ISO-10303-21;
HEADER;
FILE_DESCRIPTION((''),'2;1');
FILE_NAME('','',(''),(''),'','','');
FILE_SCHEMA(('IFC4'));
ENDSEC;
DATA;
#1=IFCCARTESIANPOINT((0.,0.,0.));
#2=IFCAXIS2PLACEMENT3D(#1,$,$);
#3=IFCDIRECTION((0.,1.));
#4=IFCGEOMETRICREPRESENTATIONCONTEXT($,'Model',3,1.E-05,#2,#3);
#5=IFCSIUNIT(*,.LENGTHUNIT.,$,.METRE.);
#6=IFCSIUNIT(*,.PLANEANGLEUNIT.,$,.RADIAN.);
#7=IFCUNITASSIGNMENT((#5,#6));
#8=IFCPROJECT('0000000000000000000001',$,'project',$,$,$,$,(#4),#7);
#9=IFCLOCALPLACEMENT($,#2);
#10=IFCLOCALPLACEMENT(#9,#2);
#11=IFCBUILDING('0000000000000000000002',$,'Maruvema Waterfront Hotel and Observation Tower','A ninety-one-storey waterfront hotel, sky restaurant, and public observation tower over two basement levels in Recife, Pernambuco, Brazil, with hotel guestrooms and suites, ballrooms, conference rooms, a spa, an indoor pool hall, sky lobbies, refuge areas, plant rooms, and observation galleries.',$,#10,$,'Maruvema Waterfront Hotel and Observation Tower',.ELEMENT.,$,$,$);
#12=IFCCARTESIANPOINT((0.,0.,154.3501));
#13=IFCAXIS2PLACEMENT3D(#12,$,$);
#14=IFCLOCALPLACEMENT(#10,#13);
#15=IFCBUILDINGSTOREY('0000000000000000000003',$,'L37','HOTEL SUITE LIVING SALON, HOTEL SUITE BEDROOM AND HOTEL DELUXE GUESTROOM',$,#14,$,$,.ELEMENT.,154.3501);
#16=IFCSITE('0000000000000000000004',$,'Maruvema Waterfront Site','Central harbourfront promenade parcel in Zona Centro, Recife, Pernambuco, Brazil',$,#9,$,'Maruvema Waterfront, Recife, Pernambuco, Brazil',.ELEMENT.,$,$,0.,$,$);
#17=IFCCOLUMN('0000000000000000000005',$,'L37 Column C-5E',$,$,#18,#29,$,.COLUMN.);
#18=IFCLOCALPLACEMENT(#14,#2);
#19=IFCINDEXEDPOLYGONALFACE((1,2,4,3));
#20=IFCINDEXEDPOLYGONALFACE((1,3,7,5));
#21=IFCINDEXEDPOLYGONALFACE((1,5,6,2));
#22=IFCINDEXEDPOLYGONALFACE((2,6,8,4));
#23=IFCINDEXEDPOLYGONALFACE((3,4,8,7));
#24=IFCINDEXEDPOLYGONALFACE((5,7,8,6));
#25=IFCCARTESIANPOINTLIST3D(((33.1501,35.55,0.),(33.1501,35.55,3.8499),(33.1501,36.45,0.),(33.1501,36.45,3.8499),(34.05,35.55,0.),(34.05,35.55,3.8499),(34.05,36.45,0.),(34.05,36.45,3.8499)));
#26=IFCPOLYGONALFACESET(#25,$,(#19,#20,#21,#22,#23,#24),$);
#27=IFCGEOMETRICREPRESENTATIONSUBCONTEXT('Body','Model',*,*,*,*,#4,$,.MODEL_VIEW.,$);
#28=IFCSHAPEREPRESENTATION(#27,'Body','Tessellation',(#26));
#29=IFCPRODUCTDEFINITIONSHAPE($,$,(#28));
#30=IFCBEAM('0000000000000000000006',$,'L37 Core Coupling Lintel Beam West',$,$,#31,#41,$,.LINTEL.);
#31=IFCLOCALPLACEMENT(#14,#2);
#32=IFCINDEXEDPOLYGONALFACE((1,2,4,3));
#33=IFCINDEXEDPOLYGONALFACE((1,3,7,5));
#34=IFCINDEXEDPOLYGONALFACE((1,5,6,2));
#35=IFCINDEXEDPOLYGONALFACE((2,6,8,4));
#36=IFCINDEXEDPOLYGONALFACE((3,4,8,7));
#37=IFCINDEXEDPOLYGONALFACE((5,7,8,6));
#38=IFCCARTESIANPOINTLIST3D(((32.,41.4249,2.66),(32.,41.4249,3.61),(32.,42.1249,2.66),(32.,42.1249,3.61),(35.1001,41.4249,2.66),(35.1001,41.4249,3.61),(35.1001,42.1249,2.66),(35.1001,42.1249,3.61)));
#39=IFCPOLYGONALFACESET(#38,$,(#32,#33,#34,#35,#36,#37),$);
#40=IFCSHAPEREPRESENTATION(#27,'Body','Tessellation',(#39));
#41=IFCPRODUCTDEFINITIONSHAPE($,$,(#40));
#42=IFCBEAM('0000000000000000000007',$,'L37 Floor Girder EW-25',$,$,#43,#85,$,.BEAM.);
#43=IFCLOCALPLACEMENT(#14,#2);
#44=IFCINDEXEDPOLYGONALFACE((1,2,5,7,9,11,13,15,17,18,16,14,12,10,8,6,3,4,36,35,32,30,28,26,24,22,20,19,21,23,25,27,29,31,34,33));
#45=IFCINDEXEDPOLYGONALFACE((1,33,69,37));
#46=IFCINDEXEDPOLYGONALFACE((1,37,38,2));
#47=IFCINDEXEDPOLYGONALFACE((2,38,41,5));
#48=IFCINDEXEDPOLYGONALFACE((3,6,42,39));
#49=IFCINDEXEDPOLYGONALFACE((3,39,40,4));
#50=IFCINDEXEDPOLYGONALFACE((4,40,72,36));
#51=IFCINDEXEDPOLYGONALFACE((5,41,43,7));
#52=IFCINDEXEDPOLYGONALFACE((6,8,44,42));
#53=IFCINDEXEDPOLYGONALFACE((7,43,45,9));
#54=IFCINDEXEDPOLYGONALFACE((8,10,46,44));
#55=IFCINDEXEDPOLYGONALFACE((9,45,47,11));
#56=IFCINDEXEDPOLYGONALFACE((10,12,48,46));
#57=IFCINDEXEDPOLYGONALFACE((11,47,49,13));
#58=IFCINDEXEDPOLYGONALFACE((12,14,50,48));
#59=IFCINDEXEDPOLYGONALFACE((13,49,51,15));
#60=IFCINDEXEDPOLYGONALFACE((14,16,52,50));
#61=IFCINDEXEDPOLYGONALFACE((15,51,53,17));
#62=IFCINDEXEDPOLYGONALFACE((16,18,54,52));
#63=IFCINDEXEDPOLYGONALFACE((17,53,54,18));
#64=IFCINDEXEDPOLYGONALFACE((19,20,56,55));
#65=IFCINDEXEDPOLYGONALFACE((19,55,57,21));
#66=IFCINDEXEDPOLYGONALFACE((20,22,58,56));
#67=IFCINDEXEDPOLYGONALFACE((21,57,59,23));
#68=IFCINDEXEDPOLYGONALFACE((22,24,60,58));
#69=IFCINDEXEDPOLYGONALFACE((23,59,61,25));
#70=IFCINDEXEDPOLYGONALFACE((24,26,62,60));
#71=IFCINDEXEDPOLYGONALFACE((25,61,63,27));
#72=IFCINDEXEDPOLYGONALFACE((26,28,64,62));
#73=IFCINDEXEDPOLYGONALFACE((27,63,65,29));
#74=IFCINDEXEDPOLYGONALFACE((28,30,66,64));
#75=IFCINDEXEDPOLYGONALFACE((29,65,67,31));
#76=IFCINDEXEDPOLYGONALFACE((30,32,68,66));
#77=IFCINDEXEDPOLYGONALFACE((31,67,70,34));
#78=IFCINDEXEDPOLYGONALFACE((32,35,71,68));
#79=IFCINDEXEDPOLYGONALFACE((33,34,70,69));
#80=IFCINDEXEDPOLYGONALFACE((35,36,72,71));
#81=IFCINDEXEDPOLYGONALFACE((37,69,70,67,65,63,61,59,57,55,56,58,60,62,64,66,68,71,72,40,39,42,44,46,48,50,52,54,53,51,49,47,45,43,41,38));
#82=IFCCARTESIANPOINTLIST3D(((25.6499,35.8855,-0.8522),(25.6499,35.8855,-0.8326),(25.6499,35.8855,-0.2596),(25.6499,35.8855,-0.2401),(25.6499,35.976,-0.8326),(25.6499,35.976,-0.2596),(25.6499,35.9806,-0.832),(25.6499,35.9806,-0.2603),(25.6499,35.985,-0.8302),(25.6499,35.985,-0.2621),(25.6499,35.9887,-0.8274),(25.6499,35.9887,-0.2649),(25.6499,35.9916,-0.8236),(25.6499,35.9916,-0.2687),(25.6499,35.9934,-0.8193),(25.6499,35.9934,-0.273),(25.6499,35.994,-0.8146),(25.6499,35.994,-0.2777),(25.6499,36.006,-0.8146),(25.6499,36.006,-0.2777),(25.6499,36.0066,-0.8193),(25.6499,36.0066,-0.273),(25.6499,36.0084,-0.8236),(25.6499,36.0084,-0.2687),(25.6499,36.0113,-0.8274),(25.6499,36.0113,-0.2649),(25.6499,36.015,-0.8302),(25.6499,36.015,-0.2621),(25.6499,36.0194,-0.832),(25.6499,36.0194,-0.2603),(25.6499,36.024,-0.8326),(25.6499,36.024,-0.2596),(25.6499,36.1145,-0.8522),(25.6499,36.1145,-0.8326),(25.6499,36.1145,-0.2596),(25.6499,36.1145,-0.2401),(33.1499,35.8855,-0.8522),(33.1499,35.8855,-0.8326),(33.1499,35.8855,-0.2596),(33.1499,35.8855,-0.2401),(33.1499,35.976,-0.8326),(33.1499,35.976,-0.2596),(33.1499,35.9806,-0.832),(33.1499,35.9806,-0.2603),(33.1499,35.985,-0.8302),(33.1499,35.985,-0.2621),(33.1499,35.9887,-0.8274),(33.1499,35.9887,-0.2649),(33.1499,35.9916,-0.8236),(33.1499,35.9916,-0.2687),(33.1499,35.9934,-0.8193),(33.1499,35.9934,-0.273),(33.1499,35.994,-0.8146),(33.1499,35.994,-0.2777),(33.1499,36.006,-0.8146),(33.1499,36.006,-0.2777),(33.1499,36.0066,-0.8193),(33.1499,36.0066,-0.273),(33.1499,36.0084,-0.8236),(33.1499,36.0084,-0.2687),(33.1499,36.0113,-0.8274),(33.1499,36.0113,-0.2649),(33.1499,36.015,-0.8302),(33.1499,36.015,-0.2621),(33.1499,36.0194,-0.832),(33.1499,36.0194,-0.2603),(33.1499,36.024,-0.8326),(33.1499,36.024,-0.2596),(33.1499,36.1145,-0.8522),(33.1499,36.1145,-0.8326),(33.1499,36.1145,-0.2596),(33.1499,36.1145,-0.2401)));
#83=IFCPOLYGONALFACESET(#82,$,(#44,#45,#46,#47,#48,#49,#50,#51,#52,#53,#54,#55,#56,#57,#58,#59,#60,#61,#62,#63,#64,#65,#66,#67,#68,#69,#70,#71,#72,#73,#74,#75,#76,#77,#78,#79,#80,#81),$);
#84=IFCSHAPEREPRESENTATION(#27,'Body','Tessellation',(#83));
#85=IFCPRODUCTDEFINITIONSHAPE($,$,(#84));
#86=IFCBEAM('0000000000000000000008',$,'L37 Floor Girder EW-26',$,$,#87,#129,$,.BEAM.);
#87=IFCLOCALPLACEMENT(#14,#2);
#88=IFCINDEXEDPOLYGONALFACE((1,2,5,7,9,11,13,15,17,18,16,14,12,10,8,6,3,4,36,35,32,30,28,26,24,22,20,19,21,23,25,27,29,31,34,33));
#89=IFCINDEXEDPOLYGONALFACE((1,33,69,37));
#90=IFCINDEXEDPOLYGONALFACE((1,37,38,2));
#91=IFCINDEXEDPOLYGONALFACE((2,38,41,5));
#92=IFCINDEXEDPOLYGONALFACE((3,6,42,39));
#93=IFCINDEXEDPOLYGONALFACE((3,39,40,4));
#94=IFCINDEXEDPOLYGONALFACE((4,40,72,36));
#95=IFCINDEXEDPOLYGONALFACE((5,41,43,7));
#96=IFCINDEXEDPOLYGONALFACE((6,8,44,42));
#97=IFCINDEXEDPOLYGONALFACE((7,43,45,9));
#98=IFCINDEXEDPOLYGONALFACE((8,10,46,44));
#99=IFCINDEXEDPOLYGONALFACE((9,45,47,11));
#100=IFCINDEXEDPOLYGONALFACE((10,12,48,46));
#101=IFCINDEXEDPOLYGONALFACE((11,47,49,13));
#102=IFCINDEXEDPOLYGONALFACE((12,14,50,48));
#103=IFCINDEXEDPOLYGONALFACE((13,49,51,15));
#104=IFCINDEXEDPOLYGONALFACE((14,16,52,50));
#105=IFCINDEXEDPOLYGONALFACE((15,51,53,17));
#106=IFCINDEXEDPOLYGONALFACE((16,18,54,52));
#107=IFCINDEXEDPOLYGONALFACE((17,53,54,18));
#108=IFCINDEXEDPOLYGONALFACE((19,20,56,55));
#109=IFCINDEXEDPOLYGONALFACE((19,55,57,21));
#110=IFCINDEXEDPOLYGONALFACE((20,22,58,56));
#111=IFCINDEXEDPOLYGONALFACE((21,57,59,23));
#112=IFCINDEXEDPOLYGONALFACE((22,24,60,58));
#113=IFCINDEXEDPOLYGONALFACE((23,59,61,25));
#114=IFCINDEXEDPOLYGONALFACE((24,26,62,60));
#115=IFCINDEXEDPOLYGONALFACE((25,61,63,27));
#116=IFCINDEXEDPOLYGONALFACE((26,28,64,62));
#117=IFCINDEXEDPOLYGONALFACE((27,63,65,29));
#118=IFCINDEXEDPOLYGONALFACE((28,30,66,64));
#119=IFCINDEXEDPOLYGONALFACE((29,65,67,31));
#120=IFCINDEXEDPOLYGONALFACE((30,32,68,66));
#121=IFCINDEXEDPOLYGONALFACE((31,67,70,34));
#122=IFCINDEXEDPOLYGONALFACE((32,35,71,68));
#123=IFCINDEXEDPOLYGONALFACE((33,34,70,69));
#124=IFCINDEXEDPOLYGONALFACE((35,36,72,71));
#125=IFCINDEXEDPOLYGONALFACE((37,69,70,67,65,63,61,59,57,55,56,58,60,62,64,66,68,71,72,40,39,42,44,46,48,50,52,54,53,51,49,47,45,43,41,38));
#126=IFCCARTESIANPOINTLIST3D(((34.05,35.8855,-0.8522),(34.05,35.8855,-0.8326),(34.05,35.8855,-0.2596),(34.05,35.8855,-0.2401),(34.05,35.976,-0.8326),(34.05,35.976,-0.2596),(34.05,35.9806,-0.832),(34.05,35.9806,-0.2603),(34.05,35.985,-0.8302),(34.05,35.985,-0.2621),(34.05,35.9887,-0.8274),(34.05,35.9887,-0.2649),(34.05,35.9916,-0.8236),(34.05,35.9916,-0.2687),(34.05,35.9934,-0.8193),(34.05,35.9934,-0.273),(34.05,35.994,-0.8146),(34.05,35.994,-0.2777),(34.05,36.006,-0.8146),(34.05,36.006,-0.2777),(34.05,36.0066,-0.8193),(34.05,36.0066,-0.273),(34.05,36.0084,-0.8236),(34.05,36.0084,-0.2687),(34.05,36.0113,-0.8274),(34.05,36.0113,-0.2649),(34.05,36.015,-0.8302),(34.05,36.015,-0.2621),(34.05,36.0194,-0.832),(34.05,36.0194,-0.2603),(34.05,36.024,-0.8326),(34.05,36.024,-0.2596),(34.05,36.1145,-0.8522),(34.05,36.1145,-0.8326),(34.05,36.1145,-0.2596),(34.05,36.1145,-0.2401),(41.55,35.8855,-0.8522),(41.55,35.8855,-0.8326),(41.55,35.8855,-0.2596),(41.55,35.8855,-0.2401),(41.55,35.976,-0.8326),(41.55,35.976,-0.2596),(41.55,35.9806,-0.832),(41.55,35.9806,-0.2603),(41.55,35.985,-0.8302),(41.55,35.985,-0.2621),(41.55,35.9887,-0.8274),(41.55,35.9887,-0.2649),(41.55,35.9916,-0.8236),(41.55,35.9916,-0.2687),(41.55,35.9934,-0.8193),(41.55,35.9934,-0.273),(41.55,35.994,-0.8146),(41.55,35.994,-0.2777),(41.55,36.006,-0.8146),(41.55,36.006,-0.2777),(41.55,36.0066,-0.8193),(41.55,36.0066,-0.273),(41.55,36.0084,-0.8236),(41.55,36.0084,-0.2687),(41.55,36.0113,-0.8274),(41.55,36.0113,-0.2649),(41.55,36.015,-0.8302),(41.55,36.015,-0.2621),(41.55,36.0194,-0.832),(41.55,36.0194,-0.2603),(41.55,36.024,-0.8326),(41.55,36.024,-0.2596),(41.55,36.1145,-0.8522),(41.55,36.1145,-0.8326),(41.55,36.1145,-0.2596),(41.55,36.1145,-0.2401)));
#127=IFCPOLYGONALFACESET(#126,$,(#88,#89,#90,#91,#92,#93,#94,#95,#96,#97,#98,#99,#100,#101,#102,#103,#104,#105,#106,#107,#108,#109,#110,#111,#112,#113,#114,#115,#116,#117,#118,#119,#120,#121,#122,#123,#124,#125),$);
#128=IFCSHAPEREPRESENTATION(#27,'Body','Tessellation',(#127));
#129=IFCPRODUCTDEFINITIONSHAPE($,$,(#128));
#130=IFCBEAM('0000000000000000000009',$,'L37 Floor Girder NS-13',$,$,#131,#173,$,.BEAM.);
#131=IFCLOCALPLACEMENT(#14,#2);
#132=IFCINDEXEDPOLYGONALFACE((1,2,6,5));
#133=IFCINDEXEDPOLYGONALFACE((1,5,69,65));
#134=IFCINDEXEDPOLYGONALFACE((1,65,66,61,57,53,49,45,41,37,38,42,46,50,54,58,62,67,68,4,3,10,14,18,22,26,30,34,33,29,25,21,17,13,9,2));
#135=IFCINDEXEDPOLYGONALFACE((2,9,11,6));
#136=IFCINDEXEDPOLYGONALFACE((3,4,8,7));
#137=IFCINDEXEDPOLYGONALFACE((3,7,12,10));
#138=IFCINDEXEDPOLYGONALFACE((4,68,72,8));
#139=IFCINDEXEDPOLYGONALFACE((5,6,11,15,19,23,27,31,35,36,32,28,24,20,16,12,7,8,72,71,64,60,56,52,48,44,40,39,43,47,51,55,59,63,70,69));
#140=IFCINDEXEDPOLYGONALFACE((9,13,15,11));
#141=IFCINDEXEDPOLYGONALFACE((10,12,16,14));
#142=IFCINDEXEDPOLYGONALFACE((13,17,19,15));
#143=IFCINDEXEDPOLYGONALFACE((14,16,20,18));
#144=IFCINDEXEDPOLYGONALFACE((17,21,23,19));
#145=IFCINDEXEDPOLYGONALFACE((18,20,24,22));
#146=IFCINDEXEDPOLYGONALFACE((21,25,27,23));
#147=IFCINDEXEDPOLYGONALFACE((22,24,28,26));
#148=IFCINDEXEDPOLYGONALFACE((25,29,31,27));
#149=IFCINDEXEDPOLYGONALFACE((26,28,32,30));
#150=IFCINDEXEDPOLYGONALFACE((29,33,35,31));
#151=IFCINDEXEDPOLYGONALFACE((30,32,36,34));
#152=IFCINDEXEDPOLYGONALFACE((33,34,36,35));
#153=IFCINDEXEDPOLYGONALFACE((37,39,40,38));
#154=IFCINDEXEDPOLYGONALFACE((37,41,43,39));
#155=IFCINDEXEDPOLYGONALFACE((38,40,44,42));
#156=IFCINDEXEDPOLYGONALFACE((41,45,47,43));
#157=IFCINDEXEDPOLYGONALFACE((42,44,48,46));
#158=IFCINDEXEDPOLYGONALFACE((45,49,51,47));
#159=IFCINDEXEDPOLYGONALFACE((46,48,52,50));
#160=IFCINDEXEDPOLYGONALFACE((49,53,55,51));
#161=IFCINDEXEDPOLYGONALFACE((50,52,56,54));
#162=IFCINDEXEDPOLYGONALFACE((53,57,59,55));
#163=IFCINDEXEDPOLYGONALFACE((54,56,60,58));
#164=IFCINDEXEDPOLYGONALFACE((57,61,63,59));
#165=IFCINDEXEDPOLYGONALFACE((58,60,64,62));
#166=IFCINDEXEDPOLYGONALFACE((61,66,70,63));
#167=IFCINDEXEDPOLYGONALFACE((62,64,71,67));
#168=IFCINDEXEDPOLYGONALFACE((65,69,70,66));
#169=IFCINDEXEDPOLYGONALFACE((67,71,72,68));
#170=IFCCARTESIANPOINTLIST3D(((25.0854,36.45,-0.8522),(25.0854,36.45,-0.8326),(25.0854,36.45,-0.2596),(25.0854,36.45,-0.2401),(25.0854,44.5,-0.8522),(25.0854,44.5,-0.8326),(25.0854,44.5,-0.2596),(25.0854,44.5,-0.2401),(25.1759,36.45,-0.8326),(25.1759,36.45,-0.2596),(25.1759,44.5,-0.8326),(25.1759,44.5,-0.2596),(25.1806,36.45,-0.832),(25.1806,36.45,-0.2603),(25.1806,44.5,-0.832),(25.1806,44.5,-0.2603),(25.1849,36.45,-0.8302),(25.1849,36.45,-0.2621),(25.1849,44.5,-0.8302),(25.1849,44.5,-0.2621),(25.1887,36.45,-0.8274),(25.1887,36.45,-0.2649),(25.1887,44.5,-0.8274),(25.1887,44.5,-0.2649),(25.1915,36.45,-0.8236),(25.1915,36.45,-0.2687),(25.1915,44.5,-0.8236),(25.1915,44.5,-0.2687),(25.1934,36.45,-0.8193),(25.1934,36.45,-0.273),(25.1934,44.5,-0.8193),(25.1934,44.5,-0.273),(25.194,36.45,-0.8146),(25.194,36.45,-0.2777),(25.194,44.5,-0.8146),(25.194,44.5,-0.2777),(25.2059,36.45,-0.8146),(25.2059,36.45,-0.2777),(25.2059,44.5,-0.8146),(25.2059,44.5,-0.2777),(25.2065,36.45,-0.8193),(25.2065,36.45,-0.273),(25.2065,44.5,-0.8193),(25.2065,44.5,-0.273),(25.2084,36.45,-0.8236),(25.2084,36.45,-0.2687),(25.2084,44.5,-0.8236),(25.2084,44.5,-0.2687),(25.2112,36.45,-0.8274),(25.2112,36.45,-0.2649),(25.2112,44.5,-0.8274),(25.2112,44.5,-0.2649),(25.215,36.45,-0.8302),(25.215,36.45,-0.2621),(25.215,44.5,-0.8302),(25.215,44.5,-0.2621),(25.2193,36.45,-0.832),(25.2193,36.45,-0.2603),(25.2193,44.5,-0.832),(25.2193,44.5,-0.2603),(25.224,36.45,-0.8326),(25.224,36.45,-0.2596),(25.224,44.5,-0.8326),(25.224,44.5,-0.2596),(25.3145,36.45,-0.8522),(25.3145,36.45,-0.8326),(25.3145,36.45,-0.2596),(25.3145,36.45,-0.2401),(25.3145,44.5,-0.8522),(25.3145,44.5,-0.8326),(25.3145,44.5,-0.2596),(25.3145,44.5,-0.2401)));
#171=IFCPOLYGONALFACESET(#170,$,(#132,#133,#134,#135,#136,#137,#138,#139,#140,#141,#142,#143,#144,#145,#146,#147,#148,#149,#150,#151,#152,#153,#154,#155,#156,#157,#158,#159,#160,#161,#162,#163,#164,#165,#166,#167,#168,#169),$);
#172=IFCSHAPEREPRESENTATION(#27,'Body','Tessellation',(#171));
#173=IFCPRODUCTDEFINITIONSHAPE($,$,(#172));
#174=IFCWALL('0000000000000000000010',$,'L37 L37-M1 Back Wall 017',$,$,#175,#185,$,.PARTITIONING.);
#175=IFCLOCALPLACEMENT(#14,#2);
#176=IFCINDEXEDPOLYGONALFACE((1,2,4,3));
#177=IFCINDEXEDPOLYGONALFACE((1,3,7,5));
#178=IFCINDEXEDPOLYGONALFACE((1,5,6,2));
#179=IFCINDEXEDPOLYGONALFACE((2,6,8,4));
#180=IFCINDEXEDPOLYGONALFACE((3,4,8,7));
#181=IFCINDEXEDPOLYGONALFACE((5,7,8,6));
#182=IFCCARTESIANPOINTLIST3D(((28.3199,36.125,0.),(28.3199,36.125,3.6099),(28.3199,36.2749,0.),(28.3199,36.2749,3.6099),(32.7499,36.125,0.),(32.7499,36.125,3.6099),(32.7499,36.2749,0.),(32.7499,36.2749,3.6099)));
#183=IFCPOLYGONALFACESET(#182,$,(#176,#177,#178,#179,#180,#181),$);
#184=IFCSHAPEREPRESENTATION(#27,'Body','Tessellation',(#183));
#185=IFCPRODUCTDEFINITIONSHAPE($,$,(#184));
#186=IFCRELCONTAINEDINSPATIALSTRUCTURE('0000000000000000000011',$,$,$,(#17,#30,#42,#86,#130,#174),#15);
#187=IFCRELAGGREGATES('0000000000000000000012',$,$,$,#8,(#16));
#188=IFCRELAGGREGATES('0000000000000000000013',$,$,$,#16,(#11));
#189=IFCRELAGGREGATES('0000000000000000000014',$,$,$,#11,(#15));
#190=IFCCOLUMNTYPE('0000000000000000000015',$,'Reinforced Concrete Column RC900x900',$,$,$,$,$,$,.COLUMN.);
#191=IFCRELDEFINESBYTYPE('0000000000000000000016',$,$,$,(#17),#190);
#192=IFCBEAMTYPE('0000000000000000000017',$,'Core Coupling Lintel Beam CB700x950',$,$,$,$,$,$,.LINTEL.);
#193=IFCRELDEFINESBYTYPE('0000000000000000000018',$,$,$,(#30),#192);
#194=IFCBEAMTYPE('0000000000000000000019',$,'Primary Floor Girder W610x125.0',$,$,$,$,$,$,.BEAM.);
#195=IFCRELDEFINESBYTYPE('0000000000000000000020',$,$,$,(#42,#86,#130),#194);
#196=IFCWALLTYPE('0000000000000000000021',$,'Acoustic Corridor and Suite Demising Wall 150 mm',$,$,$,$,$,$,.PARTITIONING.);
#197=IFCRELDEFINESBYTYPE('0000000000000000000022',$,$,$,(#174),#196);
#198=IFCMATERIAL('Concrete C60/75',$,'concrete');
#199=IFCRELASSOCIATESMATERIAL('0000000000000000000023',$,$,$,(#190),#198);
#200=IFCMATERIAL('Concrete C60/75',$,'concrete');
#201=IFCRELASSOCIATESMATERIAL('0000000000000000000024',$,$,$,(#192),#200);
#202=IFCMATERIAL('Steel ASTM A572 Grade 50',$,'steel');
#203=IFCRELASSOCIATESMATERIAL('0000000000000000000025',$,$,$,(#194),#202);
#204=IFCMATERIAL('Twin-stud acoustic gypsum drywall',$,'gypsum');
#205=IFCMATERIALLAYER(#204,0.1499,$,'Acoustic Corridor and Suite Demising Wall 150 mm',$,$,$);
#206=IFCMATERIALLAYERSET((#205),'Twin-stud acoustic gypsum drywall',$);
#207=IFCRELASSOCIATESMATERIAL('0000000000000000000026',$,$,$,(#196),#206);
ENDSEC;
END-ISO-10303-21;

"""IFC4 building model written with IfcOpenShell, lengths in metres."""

from ifc_helpers import new_model, si_unit, direction, frame, frame_2d, origin, origin_2d, place, context, subcontext, project, spatial, rectangle, i_section, extrude, material, layer, layer_set, material_profile, profile_set, type_object, element, save


model = new_model("IFC4")

# Units and contexts
model_context = context("Model", 3, precision=1e-05, world=origin(), true_north=direction((0.0, 1.0)))
body_context = subcontext(model_context, "Body", "Model", "MODEL_VIEW")
ifc_project = project(units=[si_unit("LENGTHUNIT", "METRE"), si_unit("PLANEANGLEUNIT", "RADIAN")], contexts=[model_context])

# Site, building, storey
site_placement = place(None, origin())
site = spatial("IfcSite", under=ifc_project, at=site_placement, Name="Maruvema Waterfront Site", Description="Central harbourfront promenade parcel in Zona Centro, Recife, Pernambuco, Brazil", LongName="Maruvema Waterfront, Recife, Pernambuco, Brazil", CompositionType="ELEMENT", RefElevation=0.0)
building_placement = place(site_placement, origin())
building = spatial("IfcBuilding", under=site, at=building_placement, Name="Maruvema Waterfront Hotel and Observation Tower", Description="A ninety-one-storey waterfront hotel, sky restaurant, and public observation tower over two basement levels in Recife, Pernambuco, Brazil, with hotel guestrooms and suites, ballrooms, conference rooms, a spa, an indoor pool hall, sky lobbies, refuge areas, plant rooms, and observation galleries.", LongName="Maruvema Waterfront Hotel and Observation Tower", CompositionType="ELEMENT")
storey_placement = place(building_placement, frame((0.0, 0.0, 154.3501)))
storey = spatial("IfcBuildingStorey", under=building, at=storey_placement, Name="L37", Description="HOTEL SUITE LIVING SALON, HOTEL SUITE BEDROOM AND HOTEL DELUXE GUESTROOM", CompositionType="ELEMENT", Elevation=154.3501)

# Column
ifc_material_1 = material(Name="Concrete C60/75", Category="concrete")
ifc_material_profile_1 = material_profile(ifc_material_1, rectangle(XDim=0.8999, YDim=0.8999, at=origin_2d()), Name="RC900x900")
ifc_profile_set_1 = profile_set([ifc_material_profile_1], Name="Concrete C60/75")
column_type = type_object("IfcColumnType", Name="Reinforced Concrete Column RC900x900", PredefinedType="COLUMN", material=ifc_profile_set_1)
column_placement = place(storey_placement, frame((33.6001, 36.0, 0.0), z_axis=(0.0, 0.0, 1.0), x_axis=(1.0, 0.0, 0.0)))
element("IfcColumn", 1, at=column_placement, inside=storey, type_object=column_type, Name="L37 Column C-5E", PredefinedType="COLUMN", context=body_context, shape_type="SweptSolid", body=[
    extrude(rectangle(XDim=0.8999, YDim=0.8999, at=origin_2d()), origin(), (0.0, 0.0, 1.0), 3.8499),
])

# Beams
ifc_material_2 = material(Name="Concrete C60/75", Category="concrete")
ifc_material_profile_2 = material_profile(ifc_material_2, rectangle(XDim=0.7, YDim=0.95, at=origin_2d()), Name="CB700x950")
ifc_profile_set_2 = profile_set([ifc_material_profile_2], Name="Concrete C60/75")
beam_type_1 = type_object("IfcBeamType", Name="Core Coupling Lintel Beam CB700x950", PredefinedType="LINTEL", material=ifc_profile_set_2)
beam_1_placement = place(storey_placement, frame((32.0, 41.7749, 3.135), z_axis=(1.0, 0.0, 0.0), x_axis=(0.0, 1.0, 0.0)))
element("IfcBeam", 2, at=beam_1_placement, inside=storey, type_object=beam_type_1, Name="L37 Core Coupling Lintel Beam West", PredefinedType="LINTEL", context=body_context, shape_type="SweptSolid", body=[
    extrude(rectangle(XDim=0.7, YDim=0.95, at=origin_2d()), origin(), (0.0, 0.0, 1.0), 3.1001),
])
ifc_material_3 = material(Name="Steel ASTM A572 Grade 50", Category="steel")
ifc_material_profile_3 = material_profile(ifc_material_3, i_section(OverallWidth=0.229, OverallDepth=0.6121, WebThickness=0.012, FlangeThickness=0.0195, FilletRadius=0.0181, at=origin_2d()), Name="W610x125.0")
ifc_profile_set_3 = profile_set([ifc_material_profile_3], Name="Steel ASTM A572 Grade 50")
beam_type_2 = type_object("IfcBeamType", Name="Primary Floor Girder W610x125.0", PredefinedType="BEAM", material=ifc_profile_set_3)
for number, where, z_axis, x_axis, name in (
    (3, (25.6499, 36.0, -0.5461), (1.0, 0.0, 0.0), (0.0, 1.0, 0.0), "L37 Floor Girder EW-25"),
    (4, (34.05, 36.0, -0.5461), (1.0, 0.0, 0.0), (0.0, 1.0, 0.0), "L37 Floor Girder EW-26"),
):
    element("IfcBeam", number, at=place(storey_placement, frame(where, z_axis=z_axis, x_axis=x_axis)), inside=storey, type_object=beam_type_2, Name=name, PredefinedType="BEAM", context=body_context, shape_type="SweptSolid", body=[
        extrude(i_section(OverallWidth=0.229, OverallDepth=0.6121, WebThickness=0.012, FlangeThickness=0.0195, FilletRadius=0.0181, at=origin_2d()), origin(), (0.0, 0.0, 1.0), 7.5),
    ])
beam_2_placement = place(storey_placement, frame((25.2, 36.45, -0.5461), z_axis=(0.0, 1.0, 0.0), x_axis=(-1.0, 0.0, 0.0)))
element("IfcBeam", 5, at=beam_2_placement, inside=storey, type_object=beam_type_2, Name="L37 Floor Girder NS-13", PredefinedType="BEAM", context=body_context, shape_type="SweptSolid", body=[
    extrude(i_section(OverallWidth=0.229, OverallDepth=0.6121, WebThickness=0.012, FlangeThickness=0.0195, FilletRadius=0.0181, at=origin_2d()), origin(), (0.0, 0.0, 1.0), 8.05),
])

# Wall
ifc_material_4 = material(Name="Twin-stud acoustic gypsum drywall", Category="gypsum")
ifc_layer_1 = layer(ifc_material_4, 0.1499, Name="Acoustic Corridor and Suite Demising Wall 150 mm")
ifc_layer_set_1 = layer_set([ifc_layer_1], Name="Twin-stud acoustic gypsum drywall")
wall_type_1 = type_object("IfcWallType", Name="Acoustic Corridor and Suite Demising Wall 150 mm", PredefinedType="PARTITIONING", material=ifc_layer_set_1)
wall_1_placement = place(storey_placement, frame((28.3201, 36.2, 0.0), z_axis=(0.0, 0.0, 1.0), x_axis=(1.0, 0.0, 0.0)))
element("IfcWall", 6, at=wall_1_placement, inside=storey, type_object=wall_type_1, Name="L37 L37-M1 Back Wall 017", PredefinedType="PARTITIONING", context=body_context, shape_type="SweptSolid", body=[
    extrude(rectangle(XDim=4.4299, YDim=0.1499, at=frame_2d((2.2148, 0.0))), origin(), (0.0, 0.0, 1.0), 3.6099),
])

save(model, "model.ifc")
